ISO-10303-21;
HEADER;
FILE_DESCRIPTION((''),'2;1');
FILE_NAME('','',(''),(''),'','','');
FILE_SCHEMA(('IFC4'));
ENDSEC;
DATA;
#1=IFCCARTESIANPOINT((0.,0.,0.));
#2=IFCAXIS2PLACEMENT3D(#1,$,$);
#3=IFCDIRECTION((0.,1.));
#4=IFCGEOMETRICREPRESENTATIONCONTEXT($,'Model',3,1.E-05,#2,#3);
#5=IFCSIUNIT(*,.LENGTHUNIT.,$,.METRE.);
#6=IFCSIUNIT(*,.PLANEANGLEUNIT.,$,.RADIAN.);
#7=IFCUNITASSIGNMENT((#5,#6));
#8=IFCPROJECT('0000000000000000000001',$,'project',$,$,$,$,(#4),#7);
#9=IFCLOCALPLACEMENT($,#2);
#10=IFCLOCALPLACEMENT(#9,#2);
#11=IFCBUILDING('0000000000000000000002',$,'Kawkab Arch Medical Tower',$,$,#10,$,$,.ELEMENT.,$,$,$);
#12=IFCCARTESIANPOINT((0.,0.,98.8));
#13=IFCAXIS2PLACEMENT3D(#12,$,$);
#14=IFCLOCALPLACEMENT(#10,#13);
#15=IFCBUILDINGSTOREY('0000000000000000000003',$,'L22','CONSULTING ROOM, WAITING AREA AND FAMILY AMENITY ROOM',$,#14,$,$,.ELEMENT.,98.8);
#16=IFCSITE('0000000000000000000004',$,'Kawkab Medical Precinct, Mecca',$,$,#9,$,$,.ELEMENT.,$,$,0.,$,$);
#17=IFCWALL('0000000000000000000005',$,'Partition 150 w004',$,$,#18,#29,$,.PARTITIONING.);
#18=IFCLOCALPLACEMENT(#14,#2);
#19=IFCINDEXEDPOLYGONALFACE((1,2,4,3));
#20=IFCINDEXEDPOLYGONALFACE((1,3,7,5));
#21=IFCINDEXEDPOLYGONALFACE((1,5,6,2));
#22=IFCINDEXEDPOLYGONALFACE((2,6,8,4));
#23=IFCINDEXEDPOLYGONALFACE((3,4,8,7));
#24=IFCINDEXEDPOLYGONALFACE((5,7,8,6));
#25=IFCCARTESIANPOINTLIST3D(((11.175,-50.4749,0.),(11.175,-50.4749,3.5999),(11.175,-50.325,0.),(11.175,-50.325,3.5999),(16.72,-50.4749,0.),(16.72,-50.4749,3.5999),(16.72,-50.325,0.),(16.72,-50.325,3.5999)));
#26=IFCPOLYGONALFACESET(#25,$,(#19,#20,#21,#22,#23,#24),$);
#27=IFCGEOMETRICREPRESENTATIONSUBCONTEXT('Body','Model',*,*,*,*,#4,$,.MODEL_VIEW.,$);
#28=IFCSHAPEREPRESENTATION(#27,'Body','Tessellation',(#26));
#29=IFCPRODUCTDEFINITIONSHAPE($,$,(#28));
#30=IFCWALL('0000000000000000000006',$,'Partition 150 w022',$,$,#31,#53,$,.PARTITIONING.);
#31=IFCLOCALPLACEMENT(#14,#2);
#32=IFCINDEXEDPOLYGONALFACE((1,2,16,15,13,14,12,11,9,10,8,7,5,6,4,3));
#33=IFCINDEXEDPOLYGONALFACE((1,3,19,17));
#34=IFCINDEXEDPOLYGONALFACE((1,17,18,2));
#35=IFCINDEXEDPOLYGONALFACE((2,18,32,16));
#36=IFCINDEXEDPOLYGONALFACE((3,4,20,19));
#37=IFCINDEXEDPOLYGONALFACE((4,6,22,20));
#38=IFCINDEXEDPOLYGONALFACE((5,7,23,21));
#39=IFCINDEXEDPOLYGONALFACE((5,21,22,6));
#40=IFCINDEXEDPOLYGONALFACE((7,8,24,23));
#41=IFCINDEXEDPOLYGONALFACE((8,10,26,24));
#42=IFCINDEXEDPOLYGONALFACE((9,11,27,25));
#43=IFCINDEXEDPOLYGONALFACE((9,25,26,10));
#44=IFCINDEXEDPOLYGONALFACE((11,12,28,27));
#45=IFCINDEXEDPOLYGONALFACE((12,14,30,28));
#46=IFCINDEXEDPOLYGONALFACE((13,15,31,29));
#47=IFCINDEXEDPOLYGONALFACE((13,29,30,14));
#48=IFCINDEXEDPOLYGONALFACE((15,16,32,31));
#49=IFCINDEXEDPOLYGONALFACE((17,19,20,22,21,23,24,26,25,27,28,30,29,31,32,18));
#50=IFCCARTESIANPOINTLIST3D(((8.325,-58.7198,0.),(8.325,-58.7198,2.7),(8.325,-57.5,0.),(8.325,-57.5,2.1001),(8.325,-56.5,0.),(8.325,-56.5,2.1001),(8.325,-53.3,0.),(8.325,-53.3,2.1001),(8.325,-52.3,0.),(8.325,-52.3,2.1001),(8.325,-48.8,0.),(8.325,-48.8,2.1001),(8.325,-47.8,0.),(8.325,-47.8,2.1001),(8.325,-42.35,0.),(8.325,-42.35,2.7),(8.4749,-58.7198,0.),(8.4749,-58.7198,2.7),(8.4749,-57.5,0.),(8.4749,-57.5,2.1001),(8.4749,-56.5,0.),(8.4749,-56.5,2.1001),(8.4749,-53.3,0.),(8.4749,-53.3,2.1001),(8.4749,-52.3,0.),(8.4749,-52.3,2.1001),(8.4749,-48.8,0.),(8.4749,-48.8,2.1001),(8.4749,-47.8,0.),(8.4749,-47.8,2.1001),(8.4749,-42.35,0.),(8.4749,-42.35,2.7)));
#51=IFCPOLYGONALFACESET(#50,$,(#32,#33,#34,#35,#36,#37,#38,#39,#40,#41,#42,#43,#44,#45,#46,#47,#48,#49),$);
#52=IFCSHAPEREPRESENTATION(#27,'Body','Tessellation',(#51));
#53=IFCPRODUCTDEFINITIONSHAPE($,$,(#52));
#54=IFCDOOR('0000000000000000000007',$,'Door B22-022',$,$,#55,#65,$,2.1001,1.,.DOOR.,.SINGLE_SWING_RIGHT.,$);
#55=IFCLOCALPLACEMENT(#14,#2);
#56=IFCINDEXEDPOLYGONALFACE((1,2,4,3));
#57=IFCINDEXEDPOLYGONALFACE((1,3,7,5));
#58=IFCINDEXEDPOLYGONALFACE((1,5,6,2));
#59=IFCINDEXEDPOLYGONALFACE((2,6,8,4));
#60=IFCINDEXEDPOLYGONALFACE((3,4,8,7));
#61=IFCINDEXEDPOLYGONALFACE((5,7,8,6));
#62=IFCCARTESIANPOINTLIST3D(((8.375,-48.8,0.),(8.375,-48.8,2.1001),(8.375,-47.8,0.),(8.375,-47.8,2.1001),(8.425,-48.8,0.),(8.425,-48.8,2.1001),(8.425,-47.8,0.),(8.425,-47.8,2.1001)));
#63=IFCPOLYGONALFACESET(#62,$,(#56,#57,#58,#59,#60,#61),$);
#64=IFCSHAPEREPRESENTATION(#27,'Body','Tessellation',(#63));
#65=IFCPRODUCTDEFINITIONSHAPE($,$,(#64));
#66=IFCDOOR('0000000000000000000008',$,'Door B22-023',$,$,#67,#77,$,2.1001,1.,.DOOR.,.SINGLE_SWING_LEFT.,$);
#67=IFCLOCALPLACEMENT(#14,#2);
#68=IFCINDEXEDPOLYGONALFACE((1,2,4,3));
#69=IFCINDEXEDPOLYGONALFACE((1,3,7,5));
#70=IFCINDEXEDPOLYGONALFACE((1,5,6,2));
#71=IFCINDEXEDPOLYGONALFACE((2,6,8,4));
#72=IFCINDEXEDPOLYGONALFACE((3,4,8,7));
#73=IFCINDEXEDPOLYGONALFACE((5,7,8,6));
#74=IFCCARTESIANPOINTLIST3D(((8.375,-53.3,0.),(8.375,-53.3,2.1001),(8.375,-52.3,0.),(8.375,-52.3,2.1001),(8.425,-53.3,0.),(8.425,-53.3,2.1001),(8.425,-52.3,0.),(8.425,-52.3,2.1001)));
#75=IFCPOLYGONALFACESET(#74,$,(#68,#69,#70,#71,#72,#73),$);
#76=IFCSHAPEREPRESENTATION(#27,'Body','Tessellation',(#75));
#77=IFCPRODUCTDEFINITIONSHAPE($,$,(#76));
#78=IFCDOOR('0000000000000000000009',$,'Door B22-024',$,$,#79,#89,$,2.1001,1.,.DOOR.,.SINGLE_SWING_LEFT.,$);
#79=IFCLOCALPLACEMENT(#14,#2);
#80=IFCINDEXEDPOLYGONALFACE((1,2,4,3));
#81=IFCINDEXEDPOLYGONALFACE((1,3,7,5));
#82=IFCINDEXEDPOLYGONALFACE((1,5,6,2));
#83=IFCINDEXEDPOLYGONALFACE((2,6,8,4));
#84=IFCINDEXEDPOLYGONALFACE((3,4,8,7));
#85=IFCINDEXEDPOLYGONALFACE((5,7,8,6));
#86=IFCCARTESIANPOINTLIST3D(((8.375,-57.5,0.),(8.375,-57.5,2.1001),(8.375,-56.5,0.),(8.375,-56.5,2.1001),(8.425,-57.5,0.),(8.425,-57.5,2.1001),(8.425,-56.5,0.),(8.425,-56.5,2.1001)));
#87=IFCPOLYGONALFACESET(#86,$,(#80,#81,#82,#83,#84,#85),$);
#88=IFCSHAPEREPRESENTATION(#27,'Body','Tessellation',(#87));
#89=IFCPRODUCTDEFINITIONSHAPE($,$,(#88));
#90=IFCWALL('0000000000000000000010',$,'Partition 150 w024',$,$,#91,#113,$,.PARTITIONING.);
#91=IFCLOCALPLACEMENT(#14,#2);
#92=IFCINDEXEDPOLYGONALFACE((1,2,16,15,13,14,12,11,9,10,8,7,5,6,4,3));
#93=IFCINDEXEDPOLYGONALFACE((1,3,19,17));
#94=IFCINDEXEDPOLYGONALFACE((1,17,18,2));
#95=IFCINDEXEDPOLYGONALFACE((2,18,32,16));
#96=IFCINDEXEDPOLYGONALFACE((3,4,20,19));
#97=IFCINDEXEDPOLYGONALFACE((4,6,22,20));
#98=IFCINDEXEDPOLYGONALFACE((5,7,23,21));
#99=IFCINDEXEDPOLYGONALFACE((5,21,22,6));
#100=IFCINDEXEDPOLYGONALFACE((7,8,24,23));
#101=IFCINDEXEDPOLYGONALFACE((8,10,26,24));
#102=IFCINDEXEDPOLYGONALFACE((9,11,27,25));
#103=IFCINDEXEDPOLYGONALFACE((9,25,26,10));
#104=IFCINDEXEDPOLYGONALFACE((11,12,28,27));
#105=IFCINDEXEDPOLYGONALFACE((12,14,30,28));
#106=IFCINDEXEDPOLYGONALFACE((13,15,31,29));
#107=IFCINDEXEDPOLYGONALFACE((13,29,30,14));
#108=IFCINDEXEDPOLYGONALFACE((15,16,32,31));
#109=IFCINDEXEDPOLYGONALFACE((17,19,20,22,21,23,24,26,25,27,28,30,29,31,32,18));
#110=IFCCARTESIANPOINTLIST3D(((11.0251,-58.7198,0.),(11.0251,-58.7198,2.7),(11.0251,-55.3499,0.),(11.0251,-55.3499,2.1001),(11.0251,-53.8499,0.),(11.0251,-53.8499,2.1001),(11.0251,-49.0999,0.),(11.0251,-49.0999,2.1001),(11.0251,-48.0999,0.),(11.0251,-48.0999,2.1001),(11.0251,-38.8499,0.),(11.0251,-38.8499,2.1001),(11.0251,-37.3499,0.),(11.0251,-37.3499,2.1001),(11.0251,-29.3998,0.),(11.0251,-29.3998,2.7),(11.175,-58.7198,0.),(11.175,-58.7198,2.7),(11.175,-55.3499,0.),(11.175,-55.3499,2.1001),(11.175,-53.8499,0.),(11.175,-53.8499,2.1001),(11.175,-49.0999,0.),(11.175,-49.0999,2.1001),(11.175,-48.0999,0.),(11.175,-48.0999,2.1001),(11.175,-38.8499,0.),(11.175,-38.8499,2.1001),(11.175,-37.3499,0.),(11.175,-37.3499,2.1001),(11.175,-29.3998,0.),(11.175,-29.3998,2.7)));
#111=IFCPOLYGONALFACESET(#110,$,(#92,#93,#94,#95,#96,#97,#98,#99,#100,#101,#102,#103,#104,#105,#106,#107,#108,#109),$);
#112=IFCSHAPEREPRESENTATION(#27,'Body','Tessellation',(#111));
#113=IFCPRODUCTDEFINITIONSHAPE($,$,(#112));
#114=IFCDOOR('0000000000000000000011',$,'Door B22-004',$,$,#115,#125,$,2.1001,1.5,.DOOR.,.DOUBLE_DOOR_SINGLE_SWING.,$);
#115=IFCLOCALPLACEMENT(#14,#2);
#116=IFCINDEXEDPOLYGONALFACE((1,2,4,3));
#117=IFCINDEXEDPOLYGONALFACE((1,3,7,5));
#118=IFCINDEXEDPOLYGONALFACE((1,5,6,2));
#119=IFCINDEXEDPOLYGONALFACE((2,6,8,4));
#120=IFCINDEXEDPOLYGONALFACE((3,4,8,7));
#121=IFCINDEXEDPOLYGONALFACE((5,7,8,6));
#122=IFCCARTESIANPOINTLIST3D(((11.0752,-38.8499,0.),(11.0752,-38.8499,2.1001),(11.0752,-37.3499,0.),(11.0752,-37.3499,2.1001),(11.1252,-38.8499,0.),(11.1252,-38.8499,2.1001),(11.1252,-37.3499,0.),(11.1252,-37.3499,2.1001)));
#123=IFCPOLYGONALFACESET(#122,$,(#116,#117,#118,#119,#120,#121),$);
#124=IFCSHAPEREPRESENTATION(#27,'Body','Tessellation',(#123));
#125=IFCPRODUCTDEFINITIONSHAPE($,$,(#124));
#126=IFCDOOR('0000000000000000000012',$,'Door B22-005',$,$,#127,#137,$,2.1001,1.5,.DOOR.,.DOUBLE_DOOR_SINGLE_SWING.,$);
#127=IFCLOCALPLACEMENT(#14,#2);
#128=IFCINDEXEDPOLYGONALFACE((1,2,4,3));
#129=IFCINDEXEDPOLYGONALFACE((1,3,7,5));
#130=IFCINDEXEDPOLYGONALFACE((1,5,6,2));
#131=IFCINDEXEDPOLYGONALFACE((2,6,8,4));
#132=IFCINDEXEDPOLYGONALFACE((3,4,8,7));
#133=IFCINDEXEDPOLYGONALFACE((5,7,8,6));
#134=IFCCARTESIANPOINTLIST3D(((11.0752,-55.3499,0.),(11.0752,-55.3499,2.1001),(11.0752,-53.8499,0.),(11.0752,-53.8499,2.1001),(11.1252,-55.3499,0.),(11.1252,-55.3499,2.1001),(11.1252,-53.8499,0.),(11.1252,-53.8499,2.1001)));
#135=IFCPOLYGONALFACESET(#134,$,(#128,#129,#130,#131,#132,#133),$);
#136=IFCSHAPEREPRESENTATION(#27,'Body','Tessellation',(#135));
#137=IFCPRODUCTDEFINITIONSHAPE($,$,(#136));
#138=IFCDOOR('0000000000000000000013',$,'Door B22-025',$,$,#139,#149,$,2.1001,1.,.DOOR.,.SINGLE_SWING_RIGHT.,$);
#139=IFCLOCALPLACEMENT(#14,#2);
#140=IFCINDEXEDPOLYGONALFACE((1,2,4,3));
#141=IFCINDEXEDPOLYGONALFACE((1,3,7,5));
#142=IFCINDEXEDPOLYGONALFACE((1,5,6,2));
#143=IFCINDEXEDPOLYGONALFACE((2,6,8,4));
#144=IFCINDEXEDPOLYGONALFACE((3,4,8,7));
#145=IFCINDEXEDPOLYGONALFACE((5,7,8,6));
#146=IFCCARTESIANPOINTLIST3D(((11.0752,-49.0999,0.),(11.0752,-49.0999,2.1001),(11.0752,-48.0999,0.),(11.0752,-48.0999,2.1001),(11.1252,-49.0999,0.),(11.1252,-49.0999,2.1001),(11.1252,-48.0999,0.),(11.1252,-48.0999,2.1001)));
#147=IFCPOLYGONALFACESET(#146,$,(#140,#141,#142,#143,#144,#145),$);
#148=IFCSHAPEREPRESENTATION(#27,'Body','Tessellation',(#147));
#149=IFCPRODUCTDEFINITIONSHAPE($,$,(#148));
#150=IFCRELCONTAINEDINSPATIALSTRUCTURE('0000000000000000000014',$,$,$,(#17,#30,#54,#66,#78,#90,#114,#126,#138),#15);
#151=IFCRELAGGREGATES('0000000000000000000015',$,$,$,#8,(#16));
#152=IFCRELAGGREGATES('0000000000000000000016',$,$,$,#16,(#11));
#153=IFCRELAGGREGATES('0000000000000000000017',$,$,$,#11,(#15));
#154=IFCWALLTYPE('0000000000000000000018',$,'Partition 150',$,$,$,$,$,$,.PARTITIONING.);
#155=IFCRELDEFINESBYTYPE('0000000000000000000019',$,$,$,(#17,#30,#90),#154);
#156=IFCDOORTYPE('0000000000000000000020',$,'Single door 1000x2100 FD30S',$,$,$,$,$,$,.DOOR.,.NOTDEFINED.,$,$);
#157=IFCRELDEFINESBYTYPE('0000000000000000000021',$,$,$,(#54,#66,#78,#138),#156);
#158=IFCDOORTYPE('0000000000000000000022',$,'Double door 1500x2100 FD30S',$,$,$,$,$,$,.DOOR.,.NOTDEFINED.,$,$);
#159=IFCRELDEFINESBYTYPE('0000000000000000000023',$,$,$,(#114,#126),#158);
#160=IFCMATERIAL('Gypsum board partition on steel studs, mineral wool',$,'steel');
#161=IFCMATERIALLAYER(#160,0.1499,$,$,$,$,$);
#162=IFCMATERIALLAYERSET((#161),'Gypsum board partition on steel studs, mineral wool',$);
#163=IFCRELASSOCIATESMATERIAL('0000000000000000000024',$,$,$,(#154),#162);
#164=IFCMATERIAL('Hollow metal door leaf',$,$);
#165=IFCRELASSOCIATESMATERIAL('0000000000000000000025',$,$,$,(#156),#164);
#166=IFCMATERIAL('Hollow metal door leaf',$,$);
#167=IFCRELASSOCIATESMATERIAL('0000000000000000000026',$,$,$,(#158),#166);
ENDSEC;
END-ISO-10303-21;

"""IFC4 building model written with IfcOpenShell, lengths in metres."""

from ifc_helpers import new_model, si_unit, direction, frame, frame_2d, origin, place, context, subcontext, project, spatial, rectangle, extrude, material, layer, layer_set, type_object, element, fill, save


model = new_model("IFC4")

# Units and contexts
model_context = context("Model", 3, precision=1e-05, world=origin(), true_north=direction((0.0, 1.0)))
body_context = subcontext(model_context, "Body", "Model", "MODEL_VIEW")
ifc_project = project(units=[si_unit("LENGTHUNIT", "METRE"), si_unit("PLANEANGLEUNIT", "RADIAN")], contexts=[model_context])

# Site, building, storey
site_placement = place(None, origin())
site = spatial("IfcSite", under=ifc_project, at=site_placement, Name="Kawkab Medical Precinct, Mecca", CompositionType="ELEMENT", RefElevation=0.0)
building_placement = place(site_placement, origin())
building = spatial("IfcBuilding", under=site, at=building_placement, Name="Kawkab Arch Medical Tower", CompositionType="ELEMENT")
storey_placement = place(building_placement, frame((0.0, 0.0, 98.8)))
storey = spatial("IfcBuildingStorey", under=building, at=storey_placement, Name="L22", Description="CONSULTING ROOM, WAITING AREA AND FAMILY AMENITY ROOM", CompositionType="ELEMENT", Elevation=98.8)

# Wall
ifc_material_1 = material(Name="Gypsum board partition on steel studs, mineral wool", Category="steel")
ifc_layer_1 = layer(ifc_material_1, 0.1499)
ifc_layer_set_1 = layer_set([ifc_layer_1], Name="Gypsum board partition on steel studs, mineral wool")
wall_type_1 = type_object("IfcWallType", Name="Partition 150", PredefinedType="PARTITIONING", material=ifc_layer_set_1)
wall_1_placement = place(storey_placement, frame((11.175, -50.3999, 0.0), z_axis=(0.0, 0.0, 1.0), x_axis=(1.0, 0.0, 0.0)))
element("IfcWall", 1, at=wall_1_placement, inside=storey, type_object=wall_type_1, Name="Partition 150 w004", PredefinedType="PARTITIONING", context=body_context, shape_type="SweptSolid", body=[
    extrude(rectangle(XDim=5.5449, YDim=0.1499, at=frame_2d((2.7725, 0.0))), origin(), (0.0, 0.0, 1.0), 3.5999),
])

# Walls, openings, doors
wall_2_placement = place(storey_placement, frame((8.3999, -58.72, 0.0), z_axis=(0.0, 0.0, 1.0), x_axis=(0.0, 1.0, 0.0)))
wall_2 = element("IfcWall", 2, at=wall_2_placement, inside=storey, type_object=wall_type_1, Name="Partition 150 w022", PredefinedType="PARTITIONING", context=body_context, shape_type="SweptSolid", body=[
    extrude(rectangle(XDim=16.3699, YDim=0.1499, at=frame_2d((8.1851, 0.0))), origin(), (0.0, 0.0, 1.0), 2.7),
])
opening_1_placement = place(wall_2_placement, frame((9.9199, 0.0, 0.0)))
opening_1 = element("IfcOpeningElement", 3, at=opening_1_placement, cuts=wall_2, PredefinedType="OPENING", context=body_context, shape_type="SweptSolid", body=[
    extrude(rectangle(XDim=1.0, YDim=2.1001, at=frame_2d((0.5, 1.05))), frame((0.0, 0.085, 0.0), z_axis=(0.0, -1.0, 0.0), x_axis=(1.0, 0.0, 0.0)), (0.0, 0.0, 1.0), 0.1699),
])
opening_2_placement = place(wall_2_placement, frame((5.4199, 0.0, 0.0)))
opening_2 = element("IfcOpeningElement", 4, at=opening_2_placement, cuts=wall_2, PredefinedType="OPENING", context=body_context, shape_type="SweptSolid", body=[
    extrude(rectangle(XDim=1.0, YDim=2.1001, at=frame_2d((0.5, 1.05))), frame((0.0, 0.085, 0.0), z_axis=(0.0, -1.0, 0.0), x_axis=(1.0, 0.0, 0.0)), (0.0, 0.0, 1.0), 0.1699),
])
opening_3_placement = place(wall_2_placement, frame((1.22, 0.0, 0.0)))
opening_3 = element("IfcOpeningElement", 5, at=opening_3_placement, cuts=wall_2, PredefinedType="OPENING", context=body_context, shape_type="SweptSolid", body=[
    extrude(rectangle(XDim=1.0, YDim=2.1001, at=frame_2d((0.5, 1.05))), frame((0.0, 0.085, 0.0), z_axis=(0.0, -1.0, 0.0), x_axis=(1.0, 0.0, 0.0)), (0.0, 0.0, 1.0), 0.1699),
])
ifc_material_2 = material(Name="Hollow metal door leaf")
door_type_1 = type_object("IfcDoorType", Name="Single door 1000x2100 FD30S", OperationType="NOTDEFINED", PredefinedType="DOOR", material=ifc_material_2)
door_1_placement = place(opening_1_placement, origin())
door_1 = element("IfcDoor", 6, at=door_1_placement, inside=storey, type_object=door_type_1, Name="Door B22-022", OperationType="SINGLE_SWING_RIGHT", OverallHeight=2.1001, OverallWidth=1.0, PredefinedType="DOOR", context=body_context, shape_type="SweptSolid", body=[
    extrude(rectangle(XDim=1.0, YDim=2.1001, at=frame_2d((0.5, 1.05))), frame((0.0, 0.0249, 0.0), z_axis=(0.0, -1.0, 0.0), x_axis=(1.0, 0.0, 0.0)), (0.0, 0.0, 1.0), 0.05),
])
fill(opening_1, door_1)
door_2_placement = place(opening_2_placement, origin())
door_2 = element("IfcDoor", 7, at=door_2_placement, inside=storey, type_object=door_type_1, Name="Door B22-023", OperationType="SINGLE_SWING_LEFT", OverallHeight=2.1001, OverallWidth=1.0, PredefinedType="DOOR", context=body_context, shape_type="SweptSolid", body=[
    extrude(rectangle(XDim=1.0, YDim=2.1001, at=frame_2d((0.5, 1.05))), frame((0.0, 0.0249, 0.0), z_axis=(0.0, -1.0, 0.0), x_axis=(1.0, 0.0, 0.0)), (0.0, 0.0, 1.0), 0.05),
])
fill(opening_2, door_2)
door_3_placement = place(opening_3_placement, origin())
door_3 = element("IfcDoor", 8, at=door_3_placement, inside=storey, type_object=door_type_1, Name="Door B22-024", OperationType="SINGLE_SWING_LEFT", OverallHeight=2.1001, OverallWidth=1.0, PredefinedType="DOOR", context=body_context, shape_type="SweptSolid", body=[
    extrude(rectangle(XDim=1.0, YDim=2.1001, at=frame_2d((0.5, 1.05))), frame((0.0, 0.0249, 0.0), z_axis=(0.0, -1.0, 0.0), x_axis=(1.0, 0.0, 0.0)), (0.0, 0.0, 1.0), 0.05),
])
fill(opening_3, door_3)
wall_3_placement = place(storey_placement, frame((11.1001, -58.72, 0.0), z_axis=(0.0, 0.0, 1.0), x_axis=(0.0, 1.0, 0.0)))
wall_3 = element("IfcWall", 9, at=wall_3_placement, inside=storey, type_object=wall_type_1, Name="Partition 150 w024", PredefinedType="PARTITIONING", context=body_context, shape_type="SweptSolid", body=[
    extrude(rectangle(XDim=29.3201, YDim=0.1499, at=frame_2d((14.6602, 0.0))), origin(), (0.0, 0.0, 1.0), 2.7),
])
opening_4_placement = place(wall_3_placement, frame((19.8701, 0.0, 0.0)))
opening_4 = element("IfcOpeningElement", 10, at=opening_4_placement, cuts=wall_3, PredefinedType="OPENING", context=body_context, shape_type="SweptSolid", body=[
    extrude(rectangle(XDim=1.5, YDim=2.1001, at=frame_2d((0.75, 1.05))), frame((0.0, 0.085, 0.0), z_axis=(0.0, -1.0, 0.0), x_axis=(1.0, 0.0, 0.0)), (0.0, 0.0, 1.0), 0.1699),
])
opening_5_placement = place(wall_3_placement, frame((9.6201, 0.0, 0.0)))
opening_5 = element("IfcOpeningElement", 11, at=opening_5_placement, cuts=wall_3, PredefinedType="OPENING", context=body_context, shape_type="SweptSolid", body=[
    extrude(rectangle(XDim=1.0, YDim=2.1001, at=frame_2d((0.5, 1.05))), frame((0.0, 0.085, 0.0), z_axis=(0.0, -1.0, 0.0), x_axis=(1.0, 0.0, 0.0)), (0.0, 0.0, 1.0), 0.1699),
])
opening_6_placement = place(wall_3_placement, frame((3.3701, 0.0, 0.0)))
opening_6 = element("IfcOpeningElement", 12, at=opening_6_placement, cuts=wall_3, PredefinedType="OPENING", context=body_context, shape_type="SweptSolid", body=[
    extrude(rectangle(XDim=1.5, YDim=2.1001, at=frame_2d((0.75, 1.05))), frame((0.0, 0.085, 0.0), z_axis=(0.0, -1.0, 0.0), x_axis=(1.0, 0.0, 0.0)), (0.0, 0.0, 1.0), 0.1699),
])
ifc_material_3 = material(Name="Hollow metal door leaf")
door_type_2 = type_object("IfcDoorType", Name="Double door 1500x2100 FD30S", OperationType="NOTDEFINED", PredefinedType="DOOR", material=ifc_material_3)
door_4_placement = place(opening_4_placement, origin())
door_4 = element("IfcDoor", 13, at=door_4_placement, inside=storey, type_object=door_type_2, Name="Door B22-004", OperationType="DOUBLE_DOOR_SINGLE_SWING", OverallHeight=2.1001, OverallWidth=1.5, PredefinedType="DOOR", context=body_context, shape_type="SweptSolid", body=[
    extrude(rectangle(XDim=1.5, YDim=2.1001, at=frame_2d((0.75, 1.05))), frame((0.0, 0.0249, 0.0), z_axis=(0.0, -1.0, 0.0), x_axis=(1.0, 0.0, 0.0)), (0.0, 0.0, 1.0), 0.05),
])
fill(opening_4, door_4)
door_5_placement = place(opening_6_placement, origin())
door_5 = element("IfcDoor", 14, at=door_5_placement, inside=storey, type_object=door_type_2, Name="Door B22-005", OperationType="DOUBLE_DOOR_SINGLE_SWING", OverallHeight=2.1001, OverallWidth=1.5, PredefinedType="DOOR", context=body_context, shape_type="SweptSolid", body=[
    extrude(rectangle(XDim=1.5, YDim=2.1001, at=frame_2d((0.75, 1.05))), frame((0.0, 0.0249, 0.0), z_axis=(0.0, -1.0, 0.0), x_axis=(1.0, 0.0, 0.0)), (0.0, 0.0, 1.0), 0.05),
])
fill(opening_6, door_5)
door_6_placement = place(opening_5_placement, origin())
door_6 = element("IfcDoor", 15, at=door_6_placement, inside=storey, type_object=door_type_1, Name="Door B22-025", OperationType="SINGLE_SWING_RIGHT", OverallHeight=2.1001, OverallWidth=1.0, PredefinedType="DOOR", context=body_context, shape_type="SweptSolid", body=[
    extrude(rectangle(XDim=1.0, YDim=2.1001, at=frame_2d((0.5, 1.05))), frame((0.0, 0.0249, 0.0), z_axis=(0.0, -1.0, 0.0), x_axis=(1.0, 0.0, 0.0)), (0.0, 0.0, 1.0), 0.05),
])
fill(opening_5, door_6)

save(model, "model.ifc")
